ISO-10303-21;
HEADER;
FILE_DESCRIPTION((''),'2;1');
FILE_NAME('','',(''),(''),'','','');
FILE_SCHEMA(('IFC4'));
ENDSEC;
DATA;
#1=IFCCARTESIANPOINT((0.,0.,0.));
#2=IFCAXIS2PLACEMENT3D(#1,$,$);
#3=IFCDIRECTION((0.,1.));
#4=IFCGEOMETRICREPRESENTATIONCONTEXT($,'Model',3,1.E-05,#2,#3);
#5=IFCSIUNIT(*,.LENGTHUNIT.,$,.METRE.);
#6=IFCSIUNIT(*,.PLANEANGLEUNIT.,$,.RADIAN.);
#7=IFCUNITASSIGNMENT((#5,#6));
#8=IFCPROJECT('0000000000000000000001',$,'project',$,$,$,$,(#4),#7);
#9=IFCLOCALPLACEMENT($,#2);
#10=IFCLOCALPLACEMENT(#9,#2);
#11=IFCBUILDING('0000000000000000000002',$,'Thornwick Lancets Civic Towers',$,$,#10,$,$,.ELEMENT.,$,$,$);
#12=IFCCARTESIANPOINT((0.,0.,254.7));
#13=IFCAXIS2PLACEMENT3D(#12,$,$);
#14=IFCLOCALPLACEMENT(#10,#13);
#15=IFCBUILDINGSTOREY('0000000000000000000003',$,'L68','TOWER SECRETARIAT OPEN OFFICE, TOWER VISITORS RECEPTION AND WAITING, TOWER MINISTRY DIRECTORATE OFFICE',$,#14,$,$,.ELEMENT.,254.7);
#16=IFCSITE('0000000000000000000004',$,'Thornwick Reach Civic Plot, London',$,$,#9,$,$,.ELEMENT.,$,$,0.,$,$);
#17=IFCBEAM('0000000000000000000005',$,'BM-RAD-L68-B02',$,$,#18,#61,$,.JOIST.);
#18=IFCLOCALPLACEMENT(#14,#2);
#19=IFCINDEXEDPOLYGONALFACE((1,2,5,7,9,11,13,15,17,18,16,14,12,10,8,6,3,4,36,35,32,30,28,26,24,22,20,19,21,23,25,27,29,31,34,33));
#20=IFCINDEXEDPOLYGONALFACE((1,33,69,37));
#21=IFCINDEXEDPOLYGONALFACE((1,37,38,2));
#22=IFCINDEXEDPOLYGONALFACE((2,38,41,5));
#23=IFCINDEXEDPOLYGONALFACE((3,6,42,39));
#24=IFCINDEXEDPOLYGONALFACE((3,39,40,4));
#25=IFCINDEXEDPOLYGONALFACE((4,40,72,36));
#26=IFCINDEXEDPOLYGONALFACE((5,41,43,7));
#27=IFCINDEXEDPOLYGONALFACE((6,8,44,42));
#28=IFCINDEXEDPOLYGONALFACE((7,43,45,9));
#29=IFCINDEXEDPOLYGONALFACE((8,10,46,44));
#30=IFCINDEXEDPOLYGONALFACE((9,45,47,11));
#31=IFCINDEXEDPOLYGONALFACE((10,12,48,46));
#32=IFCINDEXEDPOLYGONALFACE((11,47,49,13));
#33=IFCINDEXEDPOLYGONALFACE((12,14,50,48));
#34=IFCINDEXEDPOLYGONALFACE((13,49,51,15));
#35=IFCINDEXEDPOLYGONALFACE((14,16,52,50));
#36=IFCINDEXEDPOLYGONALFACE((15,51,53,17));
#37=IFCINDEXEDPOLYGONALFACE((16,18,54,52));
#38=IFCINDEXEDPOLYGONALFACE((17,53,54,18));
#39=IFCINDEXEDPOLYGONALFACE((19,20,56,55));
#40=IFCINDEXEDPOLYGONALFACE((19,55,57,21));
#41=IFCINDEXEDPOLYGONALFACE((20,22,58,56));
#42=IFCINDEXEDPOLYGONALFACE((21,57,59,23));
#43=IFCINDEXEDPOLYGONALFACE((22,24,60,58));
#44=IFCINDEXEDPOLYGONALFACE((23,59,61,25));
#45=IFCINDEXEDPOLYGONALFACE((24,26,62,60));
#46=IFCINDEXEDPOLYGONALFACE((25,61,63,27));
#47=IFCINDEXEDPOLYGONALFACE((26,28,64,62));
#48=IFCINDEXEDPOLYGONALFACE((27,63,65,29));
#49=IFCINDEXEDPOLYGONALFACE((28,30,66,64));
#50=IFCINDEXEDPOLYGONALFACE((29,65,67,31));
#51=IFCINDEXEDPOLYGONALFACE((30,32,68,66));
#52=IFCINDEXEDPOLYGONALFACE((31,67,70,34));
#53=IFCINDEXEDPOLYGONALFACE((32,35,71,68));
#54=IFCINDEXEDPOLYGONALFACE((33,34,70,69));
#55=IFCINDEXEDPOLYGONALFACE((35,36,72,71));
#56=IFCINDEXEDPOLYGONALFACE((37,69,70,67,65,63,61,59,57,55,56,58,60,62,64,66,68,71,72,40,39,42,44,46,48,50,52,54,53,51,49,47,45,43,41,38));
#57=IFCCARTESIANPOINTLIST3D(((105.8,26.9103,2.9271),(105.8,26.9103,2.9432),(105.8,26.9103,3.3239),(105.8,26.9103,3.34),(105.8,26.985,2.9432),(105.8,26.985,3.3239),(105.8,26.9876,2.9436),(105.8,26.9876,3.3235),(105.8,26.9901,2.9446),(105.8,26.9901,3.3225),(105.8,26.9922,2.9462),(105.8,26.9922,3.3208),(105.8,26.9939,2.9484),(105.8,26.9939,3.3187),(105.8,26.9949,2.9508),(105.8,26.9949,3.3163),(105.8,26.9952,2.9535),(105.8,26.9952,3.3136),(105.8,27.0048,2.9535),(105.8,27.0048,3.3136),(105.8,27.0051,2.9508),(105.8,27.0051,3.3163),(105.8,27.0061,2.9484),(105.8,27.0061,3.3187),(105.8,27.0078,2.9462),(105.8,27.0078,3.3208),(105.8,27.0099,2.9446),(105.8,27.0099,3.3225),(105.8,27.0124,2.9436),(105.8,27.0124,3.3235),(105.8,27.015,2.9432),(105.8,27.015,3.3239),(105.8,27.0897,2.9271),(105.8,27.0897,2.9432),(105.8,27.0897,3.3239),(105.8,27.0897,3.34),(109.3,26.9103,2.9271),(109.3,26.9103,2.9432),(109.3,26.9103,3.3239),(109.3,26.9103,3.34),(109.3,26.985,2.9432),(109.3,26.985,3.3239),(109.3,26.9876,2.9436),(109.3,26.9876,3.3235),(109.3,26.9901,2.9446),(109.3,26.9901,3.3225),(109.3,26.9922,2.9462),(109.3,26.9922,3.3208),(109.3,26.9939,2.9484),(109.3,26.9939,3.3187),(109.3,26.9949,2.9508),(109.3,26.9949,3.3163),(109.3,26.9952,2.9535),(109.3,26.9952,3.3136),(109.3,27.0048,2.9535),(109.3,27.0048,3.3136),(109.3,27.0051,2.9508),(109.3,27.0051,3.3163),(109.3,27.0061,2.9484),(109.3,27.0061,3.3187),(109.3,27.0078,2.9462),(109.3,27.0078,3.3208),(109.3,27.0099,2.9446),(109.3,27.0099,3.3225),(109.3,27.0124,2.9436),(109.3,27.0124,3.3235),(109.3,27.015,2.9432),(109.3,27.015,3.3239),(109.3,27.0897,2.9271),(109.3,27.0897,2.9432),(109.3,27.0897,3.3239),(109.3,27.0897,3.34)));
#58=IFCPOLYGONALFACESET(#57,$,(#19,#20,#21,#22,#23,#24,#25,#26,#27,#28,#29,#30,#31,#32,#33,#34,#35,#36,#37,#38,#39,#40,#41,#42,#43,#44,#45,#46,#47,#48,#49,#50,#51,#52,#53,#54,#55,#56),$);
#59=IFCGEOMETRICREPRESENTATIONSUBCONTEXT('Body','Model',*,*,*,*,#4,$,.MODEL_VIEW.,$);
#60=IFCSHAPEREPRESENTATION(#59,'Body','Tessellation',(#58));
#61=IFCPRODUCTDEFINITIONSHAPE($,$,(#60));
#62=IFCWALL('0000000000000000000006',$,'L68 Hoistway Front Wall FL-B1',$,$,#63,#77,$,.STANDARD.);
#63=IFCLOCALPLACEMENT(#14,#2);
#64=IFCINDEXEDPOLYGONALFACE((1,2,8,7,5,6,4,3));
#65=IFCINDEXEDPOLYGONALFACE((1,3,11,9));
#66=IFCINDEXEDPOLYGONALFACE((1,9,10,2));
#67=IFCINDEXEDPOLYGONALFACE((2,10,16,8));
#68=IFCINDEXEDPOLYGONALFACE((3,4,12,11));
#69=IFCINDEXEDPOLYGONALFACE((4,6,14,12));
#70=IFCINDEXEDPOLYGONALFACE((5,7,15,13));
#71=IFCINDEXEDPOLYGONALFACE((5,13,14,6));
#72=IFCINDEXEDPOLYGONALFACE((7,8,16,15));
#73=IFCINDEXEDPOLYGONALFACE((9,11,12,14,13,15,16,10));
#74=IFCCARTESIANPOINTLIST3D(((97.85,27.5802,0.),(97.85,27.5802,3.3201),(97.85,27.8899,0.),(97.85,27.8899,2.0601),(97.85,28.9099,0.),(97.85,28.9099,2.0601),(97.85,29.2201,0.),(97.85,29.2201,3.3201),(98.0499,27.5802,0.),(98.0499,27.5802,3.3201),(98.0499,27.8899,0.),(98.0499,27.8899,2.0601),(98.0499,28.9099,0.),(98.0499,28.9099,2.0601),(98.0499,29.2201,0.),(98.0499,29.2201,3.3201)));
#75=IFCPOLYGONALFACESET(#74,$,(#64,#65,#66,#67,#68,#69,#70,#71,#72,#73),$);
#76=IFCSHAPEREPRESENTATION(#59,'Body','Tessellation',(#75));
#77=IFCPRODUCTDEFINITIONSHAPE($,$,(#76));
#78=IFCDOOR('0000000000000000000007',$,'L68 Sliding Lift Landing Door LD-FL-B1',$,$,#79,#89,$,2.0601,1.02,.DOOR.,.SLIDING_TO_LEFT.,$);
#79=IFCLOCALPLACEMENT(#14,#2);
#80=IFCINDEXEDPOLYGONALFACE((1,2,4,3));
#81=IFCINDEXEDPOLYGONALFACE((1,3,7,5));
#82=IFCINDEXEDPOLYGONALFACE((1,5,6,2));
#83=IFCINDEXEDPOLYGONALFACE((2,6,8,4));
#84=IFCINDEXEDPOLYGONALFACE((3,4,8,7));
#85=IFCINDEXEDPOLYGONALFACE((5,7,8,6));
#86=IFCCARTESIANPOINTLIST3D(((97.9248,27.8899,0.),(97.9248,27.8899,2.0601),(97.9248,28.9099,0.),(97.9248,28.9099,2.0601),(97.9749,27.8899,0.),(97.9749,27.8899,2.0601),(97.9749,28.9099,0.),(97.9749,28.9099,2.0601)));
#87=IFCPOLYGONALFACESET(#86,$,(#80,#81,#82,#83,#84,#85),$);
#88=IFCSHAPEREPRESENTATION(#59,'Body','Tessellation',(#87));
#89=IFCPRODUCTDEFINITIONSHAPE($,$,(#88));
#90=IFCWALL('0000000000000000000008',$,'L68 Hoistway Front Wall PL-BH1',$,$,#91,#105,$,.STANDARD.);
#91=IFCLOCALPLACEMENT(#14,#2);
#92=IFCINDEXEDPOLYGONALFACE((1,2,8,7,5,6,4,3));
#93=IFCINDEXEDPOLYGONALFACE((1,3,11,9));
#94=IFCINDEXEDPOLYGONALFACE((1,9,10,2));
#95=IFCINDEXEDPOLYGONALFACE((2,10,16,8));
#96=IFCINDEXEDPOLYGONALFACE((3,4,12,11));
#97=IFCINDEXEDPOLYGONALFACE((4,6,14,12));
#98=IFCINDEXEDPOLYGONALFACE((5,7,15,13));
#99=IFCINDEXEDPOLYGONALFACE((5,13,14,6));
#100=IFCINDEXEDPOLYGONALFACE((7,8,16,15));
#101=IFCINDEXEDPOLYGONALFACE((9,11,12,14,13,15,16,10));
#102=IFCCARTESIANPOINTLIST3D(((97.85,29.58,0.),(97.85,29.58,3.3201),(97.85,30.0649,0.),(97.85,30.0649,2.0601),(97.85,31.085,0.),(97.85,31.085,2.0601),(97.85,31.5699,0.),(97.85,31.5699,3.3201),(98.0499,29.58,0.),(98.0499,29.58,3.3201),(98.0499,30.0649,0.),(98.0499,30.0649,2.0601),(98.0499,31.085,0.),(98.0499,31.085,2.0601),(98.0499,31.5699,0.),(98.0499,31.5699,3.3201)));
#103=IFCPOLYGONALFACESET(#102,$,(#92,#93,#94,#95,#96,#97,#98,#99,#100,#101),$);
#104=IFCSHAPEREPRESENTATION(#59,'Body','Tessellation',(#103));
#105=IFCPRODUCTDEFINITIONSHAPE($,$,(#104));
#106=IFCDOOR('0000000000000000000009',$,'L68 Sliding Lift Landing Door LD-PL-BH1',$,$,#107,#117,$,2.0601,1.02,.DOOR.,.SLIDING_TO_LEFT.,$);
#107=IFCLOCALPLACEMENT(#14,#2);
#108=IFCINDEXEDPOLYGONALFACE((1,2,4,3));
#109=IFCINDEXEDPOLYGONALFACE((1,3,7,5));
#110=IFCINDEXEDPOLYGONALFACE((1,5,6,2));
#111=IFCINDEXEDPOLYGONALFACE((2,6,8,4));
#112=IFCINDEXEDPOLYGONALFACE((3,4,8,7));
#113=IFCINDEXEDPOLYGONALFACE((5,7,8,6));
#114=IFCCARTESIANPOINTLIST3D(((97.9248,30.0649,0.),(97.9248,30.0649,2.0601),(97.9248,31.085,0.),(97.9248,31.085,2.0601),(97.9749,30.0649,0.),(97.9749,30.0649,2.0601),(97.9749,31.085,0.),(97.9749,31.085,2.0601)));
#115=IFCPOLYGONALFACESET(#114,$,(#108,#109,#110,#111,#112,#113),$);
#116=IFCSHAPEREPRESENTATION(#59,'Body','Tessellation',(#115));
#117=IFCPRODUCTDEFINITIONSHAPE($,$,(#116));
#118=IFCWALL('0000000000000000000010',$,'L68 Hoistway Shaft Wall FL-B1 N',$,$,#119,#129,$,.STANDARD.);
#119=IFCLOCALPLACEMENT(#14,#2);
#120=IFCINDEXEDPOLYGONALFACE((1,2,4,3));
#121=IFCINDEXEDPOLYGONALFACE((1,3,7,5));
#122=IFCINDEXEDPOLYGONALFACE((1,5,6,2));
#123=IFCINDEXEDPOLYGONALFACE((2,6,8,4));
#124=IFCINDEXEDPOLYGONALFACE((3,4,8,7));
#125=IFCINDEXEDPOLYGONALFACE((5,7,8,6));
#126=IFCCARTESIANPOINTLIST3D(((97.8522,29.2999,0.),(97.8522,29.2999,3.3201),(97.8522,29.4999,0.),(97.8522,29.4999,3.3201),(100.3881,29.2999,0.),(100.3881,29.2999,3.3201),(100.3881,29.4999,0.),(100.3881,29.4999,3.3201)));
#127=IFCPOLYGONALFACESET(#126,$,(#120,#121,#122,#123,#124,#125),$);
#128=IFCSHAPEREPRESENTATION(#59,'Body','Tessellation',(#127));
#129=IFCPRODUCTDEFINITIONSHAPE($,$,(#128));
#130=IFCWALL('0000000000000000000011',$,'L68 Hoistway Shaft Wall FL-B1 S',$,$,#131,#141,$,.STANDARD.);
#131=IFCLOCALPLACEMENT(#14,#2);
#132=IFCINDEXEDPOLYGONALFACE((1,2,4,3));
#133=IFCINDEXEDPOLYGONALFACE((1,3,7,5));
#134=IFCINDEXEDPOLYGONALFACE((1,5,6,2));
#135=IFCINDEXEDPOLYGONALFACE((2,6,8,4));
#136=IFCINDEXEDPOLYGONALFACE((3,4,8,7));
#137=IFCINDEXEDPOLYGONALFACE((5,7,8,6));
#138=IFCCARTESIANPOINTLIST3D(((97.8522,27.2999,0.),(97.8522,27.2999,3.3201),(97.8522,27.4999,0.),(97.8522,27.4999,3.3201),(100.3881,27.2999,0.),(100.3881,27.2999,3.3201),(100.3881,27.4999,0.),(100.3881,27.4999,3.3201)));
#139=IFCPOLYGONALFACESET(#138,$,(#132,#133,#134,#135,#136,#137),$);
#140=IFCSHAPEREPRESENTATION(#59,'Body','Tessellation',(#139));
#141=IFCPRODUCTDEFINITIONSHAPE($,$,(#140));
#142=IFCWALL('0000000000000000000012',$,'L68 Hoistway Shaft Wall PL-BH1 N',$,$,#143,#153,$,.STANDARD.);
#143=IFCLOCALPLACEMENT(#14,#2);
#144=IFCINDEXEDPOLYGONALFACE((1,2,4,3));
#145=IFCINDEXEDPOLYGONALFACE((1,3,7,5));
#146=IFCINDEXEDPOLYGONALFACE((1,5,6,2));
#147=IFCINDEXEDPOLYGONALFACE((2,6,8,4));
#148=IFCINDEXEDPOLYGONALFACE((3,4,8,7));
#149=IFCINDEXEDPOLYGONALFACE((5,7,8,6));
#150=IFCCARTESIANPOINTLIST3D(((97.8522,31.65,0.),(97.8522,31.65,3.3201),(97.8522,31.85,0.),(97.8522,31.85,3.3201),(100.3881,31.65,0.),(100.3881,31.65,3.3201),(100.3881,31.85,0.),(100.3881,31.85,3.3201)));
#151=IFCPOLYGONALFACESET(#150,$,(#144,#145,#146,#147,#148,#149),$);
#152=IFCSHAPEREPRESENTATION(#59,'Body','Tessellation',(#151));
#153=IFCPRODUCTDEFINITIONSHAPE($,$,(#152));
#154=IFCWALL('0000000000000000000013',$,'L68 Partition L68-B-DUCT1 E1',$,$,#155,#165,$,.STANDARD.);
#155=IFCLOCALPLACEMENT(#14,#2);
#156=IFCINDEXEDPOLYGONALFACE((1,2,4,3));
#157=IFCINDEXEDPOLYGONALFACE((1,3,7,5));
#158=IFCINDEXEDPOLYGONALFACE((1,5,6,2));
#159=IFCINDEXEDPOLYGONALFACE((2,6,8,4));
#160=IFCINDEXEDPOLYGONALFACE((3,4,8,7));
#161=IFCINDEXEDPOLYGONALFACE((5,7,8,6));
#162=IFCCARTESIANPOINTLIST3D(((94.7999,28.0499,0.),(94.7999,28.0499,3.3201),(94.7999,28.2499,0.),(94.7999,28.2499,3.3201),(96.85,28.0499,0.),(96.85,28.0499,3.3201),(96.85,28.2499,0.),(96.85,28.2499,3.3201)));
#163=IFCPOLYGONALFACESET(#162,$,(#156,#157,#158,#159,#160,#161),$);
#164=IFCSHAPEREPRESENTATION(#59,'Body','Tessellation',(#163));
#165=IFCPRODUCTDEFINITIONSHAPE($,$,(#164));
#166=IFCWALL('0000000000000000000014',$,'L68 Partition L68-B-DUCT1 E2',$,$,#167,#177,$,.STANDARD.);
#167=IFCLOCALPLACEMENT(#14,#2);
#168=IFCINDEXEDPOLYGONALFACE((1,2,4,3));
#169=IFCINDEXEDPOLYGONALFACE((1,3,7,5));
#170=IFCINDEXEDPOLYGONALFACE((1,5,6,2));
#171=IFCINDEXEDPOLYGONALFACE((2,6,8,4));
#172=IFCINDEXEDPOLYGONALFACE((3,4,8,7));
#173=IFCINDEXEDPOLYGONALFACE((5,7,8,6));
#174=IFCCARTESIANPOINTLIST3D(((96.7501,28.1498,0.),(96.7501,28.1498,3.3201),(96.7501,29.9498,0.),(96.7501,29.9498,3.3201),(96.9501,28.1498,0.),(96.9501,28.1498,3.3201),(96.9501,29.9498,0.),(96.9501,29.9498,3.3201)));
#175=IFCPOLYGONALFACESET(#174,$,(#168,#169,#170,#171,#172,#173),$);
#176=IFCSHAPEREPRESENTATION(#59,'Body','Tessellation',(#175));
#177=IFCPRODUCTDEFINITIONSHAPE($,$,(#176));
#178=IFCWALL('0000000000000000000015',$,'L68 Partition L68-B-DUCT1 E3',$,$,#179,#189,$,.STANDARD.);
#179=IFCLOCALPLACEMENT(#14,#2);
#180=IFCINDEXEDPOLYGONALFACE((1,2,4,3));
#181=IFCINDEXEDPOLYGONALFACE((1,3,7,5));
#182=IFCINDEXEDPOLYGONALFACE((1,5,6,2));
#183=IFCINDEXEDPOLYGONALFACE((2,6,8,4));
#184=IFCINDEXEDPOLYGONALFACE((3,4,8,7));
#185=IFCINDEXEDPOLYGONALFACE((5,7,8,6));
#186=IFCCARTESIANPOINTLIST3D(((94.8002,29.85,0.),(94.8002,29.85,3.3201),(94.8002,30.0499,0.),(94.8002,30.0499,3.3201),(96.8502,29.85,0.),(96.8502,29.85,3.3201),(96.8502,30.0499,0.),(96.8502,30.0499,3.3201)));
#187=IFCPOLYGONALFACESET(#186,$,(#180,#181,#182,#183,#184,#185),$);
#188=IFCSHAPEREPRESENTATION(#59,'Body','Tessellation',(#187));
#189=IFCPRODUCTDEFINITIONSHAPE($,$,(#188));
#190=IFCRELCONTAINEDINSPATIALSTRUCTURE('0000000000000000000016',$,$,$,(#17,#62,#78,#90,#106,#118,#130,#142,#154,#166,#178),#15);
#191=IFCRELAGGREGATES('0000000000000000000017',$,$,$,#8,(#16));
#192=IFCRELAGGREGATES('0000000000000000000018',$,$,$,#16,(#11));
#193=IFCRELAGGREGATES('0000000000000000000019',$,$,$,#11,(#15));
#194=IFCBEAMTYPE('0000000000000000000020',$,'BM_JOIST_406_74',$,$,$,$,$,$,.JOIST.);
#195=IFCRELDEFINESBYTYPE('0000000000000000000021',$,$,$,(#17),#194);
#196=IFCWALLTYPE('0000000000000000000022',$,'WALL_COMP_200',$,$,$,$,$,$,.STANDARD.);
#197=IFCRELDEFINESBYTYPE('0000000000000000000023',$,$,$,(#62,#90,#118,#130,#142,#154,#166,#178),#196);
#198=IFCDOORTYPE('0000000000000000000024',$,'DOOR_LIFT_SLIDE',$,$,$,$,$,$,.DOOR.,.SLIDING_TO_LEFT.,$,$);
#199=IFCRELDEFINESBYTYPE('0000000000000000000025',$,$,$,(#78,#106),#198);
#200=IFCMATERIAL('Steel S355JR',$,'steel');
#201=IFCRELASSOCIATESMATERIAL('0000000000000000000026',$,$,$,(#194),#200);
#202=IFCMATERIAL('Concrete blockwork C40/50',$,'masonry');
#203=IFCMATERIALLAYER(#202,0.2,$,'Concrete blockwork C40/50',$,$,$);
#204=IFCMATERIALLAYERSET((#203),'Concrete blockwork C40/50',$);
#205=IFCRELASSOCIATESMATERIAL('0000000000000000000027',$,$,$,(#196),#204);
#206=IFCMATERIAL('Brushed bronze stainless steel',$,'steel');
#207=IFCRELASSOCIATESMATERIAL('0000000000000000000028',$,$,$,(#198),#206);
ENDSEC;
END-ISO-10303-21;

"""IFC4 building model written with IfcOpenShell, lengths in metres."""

from ifc_helpers import new_model, si_unit, direction, frame, frame_2d, origin, origin_2d, place, context, subcontext, project, spatial, rectangle, i_section, extrude, material, layer, layer_set, material_profile, profile_set, type_object, element, fill, save


model = new_model("IFC4")

# Units and contexts
model_context = context("Model", 3, precision=1e-05, world=origin(), true_north=direction((0.0, 1.0)))
body_context = subcontext(model_context, "Body", "Model", "MODEL_VIEW")
ifc_project = project(units=[si_unit("LENGTHUNIT", "METRE"), si_unit("PLANEANGLEUNIT", "RADIAN")], contexts=[model_context])

# Site, building, storey
site_placement = place(None, origin())
site = spatial("IfcSite", under=ifc_project, at=site_placement, Name="Thornwick Reach Civic Plot, London", CompositionType="ELEMENT", RefElevation=0.0)
building_placement = place(site_placement, origin())
building = spatial("IfcBuilding", under=site, at=building_placement, Name="Thornwick Lancets Civic Towers", CompositionType="ELEMENT")
storey_placement = place(building_placement, frame((0.0, 0.0, 254.7)))
storey = spatial("IfcBuildingStorey", under=building, at=storey_placement, Name="L68", Description="TOWER SECRETARIAT OPEN OFFICE, TOWER VISITORS RECEPTION AND WAITING, TOWER MINISTRY DIRECTORATE OFFICE", CompositionType="ELEMENT", Elevation=254.7)

# Shared definitions
ifc_material_1 = material(Name="Steel S355JR", Category="steel")

# Beam
ifc_material_profile_1 = material_profile(ifc_material_1, i_section(OverallWidth=0.1794, OverallDepth=0.4128, WebThickness=0.0095, FlangeThickness=0.0161, FilletRadius=0.0103, at=origin_2d()), Name="UKB 406x178x74")
ifc_profile_set_1 = profile_set([ifc_material_profile_1], Name="Steel S355JR")
beam_type_1 = type_object("IfcBeamType", Name="BM_JOIST_406_74", PredefinedType="JOIST", material=ifc_profile_set_1)
beam_1_placement = place(storey_placement, frame((105.8, 27.0, 3.1335), z_axis=(1.0, 0.0, 0.0), x_axis=(0.0, 1.0, 0.0)))
element("IfcBeam", 1, at=beam_1_placement, inside=storey, type_object=beam_type_1, Name="BM-RAD-L68-B02", PredefinedType="JOIST", context=body_context, shape_type="SweptSolid", body=[
    extrude(i_section(OverallWidth=0.1794, OverallDepth=0.4128, WebThickness=0.0095, FlangeThickness=0.0161, FilletRadius=0.0103, at=origin_2d()), origin(), (0.0, 0.0, 1.0), 3.5),
])

# Walls, openings, doors
ifc_material_2 = material(Name="Concrete blockwork C40/50", Category="masonry")
ifc_layer_1 = layer(ifc_material_2, 0.2, Name="Concrete blockwork C40/50")
ifc_layer_set_1 = layer_set([ifc_layer_1], Name="Concrete blockwork C40/50")
wall_type_1 = type_object("IfcWallType", Name="WALL_COMP_200", PredefinedType="STANDARD", material=ifc_layer_set_1)
wall_1_placement = place(storey_placement, frame((97.95, 29.22, 0.0), z_axis=(0.0, 0.0, 1.0), x_axis=(0.0, -1.0, 0.0)))
wall_1 = element("IfcWall", 2, at=wall_1_placement, inside=storey, type_object=wall_type_1, Name="L68 Hoistway Front Wall FL-B1", PredefinedType="STANDARD", context=body_context, shape_type="SweptSolid", body=[
    extrude(rectangle(XDim=1.6399, YDim=0.2, at=frame_2d((0.8198, 0.0))), origin(), (0.0, 0.0, 1.0), 3.3201),
])
opening_1_placement = place(wall_1_placement, frame((0.3101, 0.0, 0.0)))
opening_1 = element("IfcOpeningElement", 3, at=opening_1_placement, cuts=wall_1, PredefinedType="OPENING", context=body_context, shape_type="SweptSolid", body=[
    extrude(rectangle(XDim=1.02, YDim=2.0601, at=frame_2d((0.51, 1.03))), frame((0.0, 0.1099, 0.0), z_axis=(0.0, -1.0, 0.0), x_axis=(1.0, 0.0, 0.0)), (0.0, 0.0, 1.0), 0.22),
])
ifc_material_3 = material(Name="Brushed bronze stainless steel", Category="steel")
door_type_1 = type_object("IfcDoorType", Name="DOOR_LIFT_SLIDE", OperationType="SLIDING_TO_LEFT", PredefinedType="DOOR", material=ifc_material_3)
door_1_placement = place(opening_1_placement, origin())
door_1 = element("IfcDoor", 4, at=door_1_placement, inside=storey, type_object=door_type_1, Name="L68 Sliding Lift Landing Door LD-FL-B1", OperationType="SLIDING_TO_LEFT", OverallHeight=2.0601, OverallWidth=1.02, PredefinedType="DOOR", context=body_context, shape_type="SweptSolid", body=[
    extrude(rectangle(XDim=1.02, YDim=2.0601, at=frame_2d((0.51, 1.03))), frame((0.0, 0.0249, 0.0), z_axis=(0.0, -1.0, 0.0), x_axis=(1.0, 0.0, 0.0)), (0.0, 0.0, 1.0), 0.05),
])
fill(opening_1, door_1)
wall_2_placement = place(storey_placement, frame((97.95, 31.5701, 0.0), z_axis=(0.0, 0.0, 1.0), x_axis=(0.0, -1.0, 0.0)))
wall_2 = element("IfcWall", 5, at=wall_2_placement, inside=storey, type_object=wall_type_1, Name="L68 Hoistway Front Wall PL-BH1", PredefinedType="STANDARD", context=body_context, shape_type="SweptSolid", body=[
    extrude(rectangle(XDim=1.99, YDim=0.2, at=frame_2d((0.9951, 0.0))), origin(), (0.0, 0.0, 1.0), 3.3201),
])
opening_2_placement = place(wall_2_placement, frame((0.4851, 0.0, 0.0)))
opening_2 = element("IfcOpeningElement", 6, at=opening_2_placement, cuts=wall_2, PredefinedType="OPENING", context=body_context, shape_type="SweptSolid", body=[
    extrude(rectangle(XDim=1.02, YDim=2.0601, at=frame_2d((0.51, 1.03))), frame((0.0, 0.1099, 0.0), z_axis=(0.0, -1.0, 0.0), x_axis=(1.0, 0.0, 0.0)), (0.0, 0.0, 1.0), 0.22),
])
door_2_placement = place(opening_2_placement, origin())
door_2 = element("IfcDoor", 7, at=door_2_placement, inside=storey, type_object=door_type_1, Name="L68 Sliding Lift Landing Door LD-PL-BH1", OperationType="SLIDING_TO_LEFT", OverallHeight=2.0601, OverallWidth=1.02, PredefinedType="DOOR", context=body_context, shape_type="SweptSolid", body=[
    extrude(rectangle(XDim=1.02, YDim=2.0601, at=frame_2d((0.51, 1.03))), frame((0.0, 0.0249, 0.0), z_axis=(0.0, -1.0, 0.0), x_axis=(1.0, 0.0, 0.0)), (0.0, 0.0, 1.0), 0.05),
])
fill(opening_2, door_2)

# Walls
for number, where, z_axis, x_axis, name in (
    (8, (97.8521, 29.3999, 0.0), (0.0, 0.0, 1.0), (1.0, 0.0, 0.0), "L68 Hoistway Shaft Wall FL-B1 N"),
    (9, (97.8521, 27.3999, 0.0), (0.0, 0.0, 1.0), (1.0, 0.0, 0.0), "L68 Hoistway Shaft Wall FL-B1 S"),
    (10, (97.8521, 31.75, 0.0), (0.0, 0.0, 1.0), (1.0, 0.0, 0.0), "L68 Hoistway Shaft Wall PL-BH1 N"),
):
    element("IfcWall", number, at=place(storey_placement, frame(where, z_axis=z_axis, x_axis=x_axis)), inside=storey, type_object=wall_type_1, Name=name, PredefinedType="STANDARD", context=body_context, shape_type="SweptSolid", body=[
        extrude(rectangle(XDim=2.5359, YDim=0.2, at=frame_2d((1.2681, 0.0))), origin(), (0.0, 0.0, 1.0), 3.3201),
    ])
wall_3_placement = place(storey_placement, frame((94.8, 28.1499, 0.0), z_axis=(0.0, 0.0, 1.0), x_axis=(1.0, 0.0, 0.0)))
element("IfcWall", 11, at=wall_3_placement, inside=storey, type_object=wall_type_1, Name="L68 Partition L68-B-DUCT1 E1", PredefinedType="STANDARD", context=body_context, shape_type="SweptSolid", body=[
    extrude(rectangle(XDim=2.05, YDim=0.2, at=frame_2d((1.0249, 0.0))), origin(), (0.0, 0.0, 1.0), 3.3201),
])
wall_4_placement = place(storey_placement, frame((96.8501, 28.1499, 0.0), z_axis=(0.0, 0.0, 1.0), x_axis=(0.0, 1.0, 0.0)))
element("IfcWall", 12, at=wall_4_placement, inside=storey, type_object=wall_type_1, Name="L68 Partition L68-B-DUCT1 E2", PredefinedType="STANDARD", context=body_context, shape_type="SweptSolid", body=[
    extrude(rectangle(XDim=1.8, YDim=0.2, at=frame_2d((0.8999, 0.0))), origin(), (0.0, 0.0, 1.0), 3.3201),
])
wall_5_placement = place(storey_placement, frame((96.8501, 29.95, 0.0), z_axis=(0.0, 0.0, 1.0), x_axis=(-1.0, 0.0, 0.0)))
element("IfcWall", 13, at=wall_5_placement, inside=storey, type_object=wall_type_1, Name="L68 Partition L68-B-DUCT1 E3", PredefinedType="STANDARD", context=body_context, shape_type="SweptSolid", body=[
    extrude(rectangle(XDim=2.05, YDim=0.2, at=frame_2d((1.0249, 0.0))), origin(), (0.0, 0.0, 1.0), 3.3201),
])

save(model, "model.ifc")
